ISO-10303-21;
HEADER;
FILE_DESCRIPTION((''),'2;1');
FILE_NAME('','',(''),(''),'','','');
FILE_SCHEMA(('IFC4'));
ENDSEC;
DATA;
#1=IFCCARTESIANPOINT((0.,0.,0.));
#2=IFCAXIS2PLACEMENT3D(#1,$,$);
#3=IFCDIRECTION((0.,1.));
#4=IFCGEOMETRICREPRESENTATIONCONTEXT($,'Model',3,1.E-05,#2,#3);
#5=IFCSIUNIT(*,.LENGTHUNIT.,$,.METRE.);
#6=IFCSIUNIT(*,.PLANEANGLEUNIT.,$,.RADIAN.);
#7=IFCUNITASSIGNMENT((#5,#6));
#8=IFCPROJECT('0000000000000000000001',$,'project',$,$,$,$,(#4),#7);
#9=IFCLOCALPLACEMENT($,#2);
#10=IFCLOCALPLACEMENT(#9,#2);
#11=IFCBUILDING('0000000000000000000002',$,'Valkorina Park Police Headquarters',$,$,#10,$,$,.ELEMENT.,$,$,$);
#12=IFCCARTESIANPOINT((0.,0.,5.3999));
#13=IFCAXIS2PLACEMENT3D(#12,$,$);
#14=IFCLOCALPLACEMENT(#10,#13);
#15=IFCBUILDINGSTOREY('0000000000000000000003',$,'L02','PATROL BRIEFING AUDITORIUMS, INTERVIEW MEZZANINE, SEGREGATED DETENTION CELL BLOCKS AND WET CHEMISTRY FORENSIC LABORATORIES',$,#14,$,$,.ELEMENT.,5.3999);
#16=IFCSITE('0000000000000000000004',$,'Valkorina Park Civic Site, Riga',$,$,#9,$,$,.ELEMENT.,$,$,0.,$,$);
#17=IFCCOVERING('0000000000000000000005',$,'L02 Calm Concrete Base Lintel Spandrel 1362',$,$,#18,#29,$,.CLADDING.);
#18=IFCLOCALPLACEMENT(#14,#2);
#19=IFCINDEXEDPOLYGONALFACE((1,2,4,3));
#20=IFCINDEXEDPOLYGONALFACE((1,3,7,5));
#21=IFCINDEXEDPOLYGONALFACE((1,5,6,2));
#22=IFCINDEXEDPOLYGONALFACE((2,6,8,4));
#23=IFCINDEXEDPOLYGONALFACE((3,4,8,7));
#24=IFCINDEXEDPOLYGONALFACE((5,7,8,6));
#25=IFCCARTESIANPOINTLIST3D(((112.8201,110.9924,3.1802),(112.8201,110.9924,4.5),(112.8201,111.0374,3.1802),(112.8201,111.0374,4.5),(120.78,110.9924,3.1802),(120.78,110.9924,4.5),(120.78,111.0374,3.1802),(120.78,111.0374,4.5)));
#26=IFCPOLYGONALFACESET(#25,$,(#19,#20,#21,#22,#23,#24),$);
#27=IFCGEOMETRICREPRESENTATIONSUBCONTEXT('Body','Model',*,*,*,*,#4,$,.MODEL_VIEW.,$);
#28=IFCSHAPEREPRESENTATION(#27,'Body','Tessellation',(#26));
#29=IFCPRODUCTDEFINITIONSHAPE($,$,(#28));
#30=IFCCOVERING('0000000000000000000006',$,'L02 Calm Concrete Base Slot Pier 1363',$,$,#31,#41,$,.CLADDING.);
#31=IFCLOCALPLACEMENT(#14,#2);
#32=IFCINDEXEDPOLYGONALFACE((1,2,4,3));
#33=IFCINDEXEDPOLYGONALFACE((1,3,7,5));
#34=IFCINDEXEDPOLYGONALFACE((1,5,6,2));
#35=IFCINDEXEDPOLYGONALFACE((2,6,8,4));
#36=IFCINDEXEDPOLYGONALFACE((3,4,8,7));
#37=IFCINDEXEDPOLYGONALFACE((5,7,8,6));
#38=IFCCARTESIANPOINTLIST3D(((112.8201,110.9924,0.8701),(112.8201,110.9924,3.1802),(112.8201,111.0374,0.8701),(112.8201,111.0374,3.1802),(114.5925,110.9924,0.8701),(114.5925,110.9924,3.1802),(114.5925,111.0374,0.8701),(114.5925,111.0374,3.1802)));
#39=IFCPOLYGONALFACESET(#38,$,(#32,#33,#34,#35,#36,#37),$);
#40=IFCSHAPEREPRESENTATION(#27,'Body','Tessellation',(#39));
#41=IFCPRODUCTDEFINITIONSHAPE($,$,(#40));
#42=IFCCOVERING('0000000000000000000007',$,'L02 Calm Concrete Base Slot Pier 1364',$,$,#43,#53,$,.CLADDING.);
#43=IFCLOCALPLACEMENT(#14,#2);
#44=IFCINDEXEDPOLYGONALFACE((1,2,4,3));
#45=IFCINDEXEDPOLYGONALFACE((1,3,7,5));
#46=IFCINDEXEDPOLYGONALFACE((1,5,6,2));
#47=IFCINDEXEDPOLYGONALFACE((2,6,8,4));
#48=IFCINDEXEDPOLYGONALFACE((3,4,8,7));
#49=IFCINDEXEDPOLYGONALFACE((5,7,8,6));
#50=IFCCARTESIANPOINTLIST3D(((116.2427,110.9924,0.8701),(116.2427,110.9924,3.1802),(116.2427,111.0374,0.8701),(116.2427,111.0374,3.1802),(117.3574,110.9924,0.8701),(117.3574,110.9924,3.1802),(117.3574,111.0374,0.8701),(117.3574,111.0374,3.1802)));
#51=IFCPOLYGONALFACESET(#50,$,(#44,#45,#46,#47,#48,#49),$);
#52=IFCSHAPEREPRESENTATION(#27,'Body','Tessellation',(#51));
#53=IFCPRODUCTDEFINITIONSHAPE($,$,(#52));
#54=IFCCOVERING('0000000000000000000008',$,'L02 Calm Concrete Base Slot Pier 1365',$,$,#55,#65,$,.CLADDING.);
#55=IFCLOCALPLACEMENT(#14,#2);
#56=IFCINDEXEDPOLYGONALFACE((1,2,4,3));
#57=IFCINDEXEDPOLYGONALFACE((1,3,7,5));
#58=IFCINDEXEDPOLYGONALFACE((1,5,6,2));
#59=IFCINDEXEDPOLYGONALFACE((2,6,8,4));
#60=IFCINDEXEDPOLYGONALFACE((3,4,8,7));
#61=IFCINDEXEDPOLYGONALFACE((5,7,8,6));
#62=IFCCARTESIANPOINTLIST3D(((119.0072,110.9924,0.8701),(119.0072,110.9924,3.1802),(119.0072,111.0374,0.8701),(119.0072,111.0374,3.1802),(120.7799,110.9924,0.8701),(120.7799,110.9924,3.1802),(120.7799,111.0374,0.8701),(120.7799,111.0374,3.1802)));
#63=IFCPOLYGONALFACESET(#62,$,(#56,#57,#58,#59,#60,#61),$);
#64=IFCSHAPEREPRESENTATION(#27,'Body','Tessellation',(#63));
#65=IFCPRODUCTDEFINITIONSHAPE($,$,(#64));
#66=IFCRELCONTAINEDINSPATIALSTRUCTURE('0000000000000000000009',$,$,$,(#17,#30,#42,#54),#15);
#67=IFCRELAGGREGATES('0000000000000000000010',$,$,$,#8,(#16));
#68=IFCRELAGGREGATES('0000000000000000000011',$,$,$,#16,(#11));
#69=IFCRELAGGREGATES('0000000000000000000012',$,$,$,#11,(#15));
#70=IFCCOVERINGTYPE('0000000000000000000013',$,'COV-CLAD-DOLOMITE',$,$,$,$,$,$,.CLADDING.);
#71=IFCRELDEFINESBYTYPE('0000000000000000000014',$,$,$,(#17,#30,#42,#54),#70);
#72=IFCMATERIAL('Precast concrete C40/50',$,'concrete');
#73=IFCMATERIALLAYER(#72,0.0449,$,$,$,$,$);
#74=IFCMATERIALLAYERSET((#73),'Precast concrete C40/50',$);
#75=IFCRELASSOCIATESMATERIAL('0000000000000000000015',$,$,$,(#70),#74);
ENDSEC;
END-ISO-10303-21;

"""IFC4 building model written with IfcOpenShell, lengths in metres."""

from ifc_helpers import new_model, si_unit, direction, frame, frame_2d, origin, place, context, subcontext, project, spatial, rectangle, extrude, material, layer, layer_set, type_object, element, save


model = new_model("IFC4")

# Units and contexts
model_context = context("Model", 3, precision=1e-05, world=origin(), true_north=direction((0.0, 1.0)))
body_context = subcontext(model_context, "Body", "Model", "MODEL_VIEW")
ifc_project = project(units=[si_unit("LENGTHUNIT", "METRE"), si_unit("PLANEANGLEUNIT", "RADIAN")], contexts=[model_context])

# Site, building, storey
site_placement = place(None, origin())
site = spatial("IfcSite", under=ifc_project, at=site_placement, Name="Valkorina Park Civic Site, Riga", CompositionType="ELEMENT", RefElevation=0.0)
building_placement = place(site_placement, origin())
building = spatial("IfcBuilding", under=site, at=building_placement, Name="Valkorina Park Police Headquarters", CompositionType="ELEMENT")
storey_placement = place(building_placement, frame((0.0, 0.0, 5.3999)))
storey = spatial("IfcBuildingStorey", under=building, at=storey_placement, Name="L02", Description="PATROL BRIEFING AUDITORIUMS, INTERVIEW MEZZANINE, SEGREGATED DETENTION CELL BLOCKS AND WET CHEMISTRY FORENSIC LABORATORIES", CompositionType="ELEMENT", Elevation=5.3999)

# Coverings
ifc_material_1 = material(Name="Precast concrete C40/50", Category="concrete")
ifc_layer_1 = layer(ifc_material_1, 0.0449)
ifc_layer_set_1 = layer_set([ifc_layer_1], Name="Precast concrete C40/50")
covering_type = type_object("IfcCoveringType", Name="COV-CLAD-DOLOMITE", PredefinedType="CLADDING", material=ifc_layer_set_1)
covering_1_placement = place(storey_placement, frame((112.8201, 111.0149, 3.1802), z_axis=(0.0, 0.0, 1.0), x_axis=(1.0, 0.0, 0.0)))
element("IfcCovering", 1, at=covering_1_placement, inside=storey, type_object=covering_type, Name="L02 Calm Concrete Base Lintel Spandrel 1362", PredefinedType="CLADDING", context=body_context, shape_type="SweptSolid", body=[
    extrude(rectangle(XDim=7.96, YDim=0.0449, at=frame_2d((3.98, 0.0))), origin(), (0.0, 0.0, 1.0), 1.3198),
])
covering_2_placement = place(storey_placement, frame((112.8201, 111.0149, 0.8701), z_axis=(0.0, 0.0, 1.0), x_axis=(1.0, 0.0, 0.0)))
element("IfcCovering", 2, at=covering_2_placement, inside=storey, type_object=covering_type, Name="L02 Calm Concrete Base Slot Pier 1363", PredefinedType="CLADDING", context=body_context, shape_type="SweptSolid", body=[
    extrude(rectangle(XDim=1.7725, YDim=0.0449, at=frame_2d((0.8862, 0.0))), origin(), (0.0, 0.0, 1.0), 2.3101),
])
covering_3_placement = place(storey_placement, frame((116.2427, 111.0149, 0.8701), z_axis=(0.0, 0.0, 1.0), x_axis=(1.0, 0.0, 0.0)))
element("IfcCovering", 3, at=covering_3_placement, inside=storey, type_object=covering_type, Name="L02 Calm Concrete Base Slot Pier 1364", PredefinedType="CLADDING", context=body_context, shape_type="SweptSolid", body=[
    extrude(rectangle(XDim=1.1147, YDim=0.0449, at=frame_2d((0.5574, 0.0))), origin(), (0.0, 0.0, 1.0), 2.3101),
])
covering_4_placement = place(storey_placement, frame((119.0073, 111.0149, 0.8701), z_axis=(0.0, 0.0, 1.0), x_axis=(1.0, 0.0, 0.0)))
element("IfcCovering", 4, at=covering_4_placement, inside=storey, type_object=covering_type, Name="L02 Calm Concrete Base Slot Pier 1365", PredefinedType="CLADDING", context=body_context, shape_type="SweptSolid", body=[
    extrude(rectangle(XDim=1.7727, YDim=0.0449, at=frame_2d((0.8862, 0.0))), origin(), (0.0, 0.0, 1.0), 2.3101),
])

save(model, "model.ifc")
